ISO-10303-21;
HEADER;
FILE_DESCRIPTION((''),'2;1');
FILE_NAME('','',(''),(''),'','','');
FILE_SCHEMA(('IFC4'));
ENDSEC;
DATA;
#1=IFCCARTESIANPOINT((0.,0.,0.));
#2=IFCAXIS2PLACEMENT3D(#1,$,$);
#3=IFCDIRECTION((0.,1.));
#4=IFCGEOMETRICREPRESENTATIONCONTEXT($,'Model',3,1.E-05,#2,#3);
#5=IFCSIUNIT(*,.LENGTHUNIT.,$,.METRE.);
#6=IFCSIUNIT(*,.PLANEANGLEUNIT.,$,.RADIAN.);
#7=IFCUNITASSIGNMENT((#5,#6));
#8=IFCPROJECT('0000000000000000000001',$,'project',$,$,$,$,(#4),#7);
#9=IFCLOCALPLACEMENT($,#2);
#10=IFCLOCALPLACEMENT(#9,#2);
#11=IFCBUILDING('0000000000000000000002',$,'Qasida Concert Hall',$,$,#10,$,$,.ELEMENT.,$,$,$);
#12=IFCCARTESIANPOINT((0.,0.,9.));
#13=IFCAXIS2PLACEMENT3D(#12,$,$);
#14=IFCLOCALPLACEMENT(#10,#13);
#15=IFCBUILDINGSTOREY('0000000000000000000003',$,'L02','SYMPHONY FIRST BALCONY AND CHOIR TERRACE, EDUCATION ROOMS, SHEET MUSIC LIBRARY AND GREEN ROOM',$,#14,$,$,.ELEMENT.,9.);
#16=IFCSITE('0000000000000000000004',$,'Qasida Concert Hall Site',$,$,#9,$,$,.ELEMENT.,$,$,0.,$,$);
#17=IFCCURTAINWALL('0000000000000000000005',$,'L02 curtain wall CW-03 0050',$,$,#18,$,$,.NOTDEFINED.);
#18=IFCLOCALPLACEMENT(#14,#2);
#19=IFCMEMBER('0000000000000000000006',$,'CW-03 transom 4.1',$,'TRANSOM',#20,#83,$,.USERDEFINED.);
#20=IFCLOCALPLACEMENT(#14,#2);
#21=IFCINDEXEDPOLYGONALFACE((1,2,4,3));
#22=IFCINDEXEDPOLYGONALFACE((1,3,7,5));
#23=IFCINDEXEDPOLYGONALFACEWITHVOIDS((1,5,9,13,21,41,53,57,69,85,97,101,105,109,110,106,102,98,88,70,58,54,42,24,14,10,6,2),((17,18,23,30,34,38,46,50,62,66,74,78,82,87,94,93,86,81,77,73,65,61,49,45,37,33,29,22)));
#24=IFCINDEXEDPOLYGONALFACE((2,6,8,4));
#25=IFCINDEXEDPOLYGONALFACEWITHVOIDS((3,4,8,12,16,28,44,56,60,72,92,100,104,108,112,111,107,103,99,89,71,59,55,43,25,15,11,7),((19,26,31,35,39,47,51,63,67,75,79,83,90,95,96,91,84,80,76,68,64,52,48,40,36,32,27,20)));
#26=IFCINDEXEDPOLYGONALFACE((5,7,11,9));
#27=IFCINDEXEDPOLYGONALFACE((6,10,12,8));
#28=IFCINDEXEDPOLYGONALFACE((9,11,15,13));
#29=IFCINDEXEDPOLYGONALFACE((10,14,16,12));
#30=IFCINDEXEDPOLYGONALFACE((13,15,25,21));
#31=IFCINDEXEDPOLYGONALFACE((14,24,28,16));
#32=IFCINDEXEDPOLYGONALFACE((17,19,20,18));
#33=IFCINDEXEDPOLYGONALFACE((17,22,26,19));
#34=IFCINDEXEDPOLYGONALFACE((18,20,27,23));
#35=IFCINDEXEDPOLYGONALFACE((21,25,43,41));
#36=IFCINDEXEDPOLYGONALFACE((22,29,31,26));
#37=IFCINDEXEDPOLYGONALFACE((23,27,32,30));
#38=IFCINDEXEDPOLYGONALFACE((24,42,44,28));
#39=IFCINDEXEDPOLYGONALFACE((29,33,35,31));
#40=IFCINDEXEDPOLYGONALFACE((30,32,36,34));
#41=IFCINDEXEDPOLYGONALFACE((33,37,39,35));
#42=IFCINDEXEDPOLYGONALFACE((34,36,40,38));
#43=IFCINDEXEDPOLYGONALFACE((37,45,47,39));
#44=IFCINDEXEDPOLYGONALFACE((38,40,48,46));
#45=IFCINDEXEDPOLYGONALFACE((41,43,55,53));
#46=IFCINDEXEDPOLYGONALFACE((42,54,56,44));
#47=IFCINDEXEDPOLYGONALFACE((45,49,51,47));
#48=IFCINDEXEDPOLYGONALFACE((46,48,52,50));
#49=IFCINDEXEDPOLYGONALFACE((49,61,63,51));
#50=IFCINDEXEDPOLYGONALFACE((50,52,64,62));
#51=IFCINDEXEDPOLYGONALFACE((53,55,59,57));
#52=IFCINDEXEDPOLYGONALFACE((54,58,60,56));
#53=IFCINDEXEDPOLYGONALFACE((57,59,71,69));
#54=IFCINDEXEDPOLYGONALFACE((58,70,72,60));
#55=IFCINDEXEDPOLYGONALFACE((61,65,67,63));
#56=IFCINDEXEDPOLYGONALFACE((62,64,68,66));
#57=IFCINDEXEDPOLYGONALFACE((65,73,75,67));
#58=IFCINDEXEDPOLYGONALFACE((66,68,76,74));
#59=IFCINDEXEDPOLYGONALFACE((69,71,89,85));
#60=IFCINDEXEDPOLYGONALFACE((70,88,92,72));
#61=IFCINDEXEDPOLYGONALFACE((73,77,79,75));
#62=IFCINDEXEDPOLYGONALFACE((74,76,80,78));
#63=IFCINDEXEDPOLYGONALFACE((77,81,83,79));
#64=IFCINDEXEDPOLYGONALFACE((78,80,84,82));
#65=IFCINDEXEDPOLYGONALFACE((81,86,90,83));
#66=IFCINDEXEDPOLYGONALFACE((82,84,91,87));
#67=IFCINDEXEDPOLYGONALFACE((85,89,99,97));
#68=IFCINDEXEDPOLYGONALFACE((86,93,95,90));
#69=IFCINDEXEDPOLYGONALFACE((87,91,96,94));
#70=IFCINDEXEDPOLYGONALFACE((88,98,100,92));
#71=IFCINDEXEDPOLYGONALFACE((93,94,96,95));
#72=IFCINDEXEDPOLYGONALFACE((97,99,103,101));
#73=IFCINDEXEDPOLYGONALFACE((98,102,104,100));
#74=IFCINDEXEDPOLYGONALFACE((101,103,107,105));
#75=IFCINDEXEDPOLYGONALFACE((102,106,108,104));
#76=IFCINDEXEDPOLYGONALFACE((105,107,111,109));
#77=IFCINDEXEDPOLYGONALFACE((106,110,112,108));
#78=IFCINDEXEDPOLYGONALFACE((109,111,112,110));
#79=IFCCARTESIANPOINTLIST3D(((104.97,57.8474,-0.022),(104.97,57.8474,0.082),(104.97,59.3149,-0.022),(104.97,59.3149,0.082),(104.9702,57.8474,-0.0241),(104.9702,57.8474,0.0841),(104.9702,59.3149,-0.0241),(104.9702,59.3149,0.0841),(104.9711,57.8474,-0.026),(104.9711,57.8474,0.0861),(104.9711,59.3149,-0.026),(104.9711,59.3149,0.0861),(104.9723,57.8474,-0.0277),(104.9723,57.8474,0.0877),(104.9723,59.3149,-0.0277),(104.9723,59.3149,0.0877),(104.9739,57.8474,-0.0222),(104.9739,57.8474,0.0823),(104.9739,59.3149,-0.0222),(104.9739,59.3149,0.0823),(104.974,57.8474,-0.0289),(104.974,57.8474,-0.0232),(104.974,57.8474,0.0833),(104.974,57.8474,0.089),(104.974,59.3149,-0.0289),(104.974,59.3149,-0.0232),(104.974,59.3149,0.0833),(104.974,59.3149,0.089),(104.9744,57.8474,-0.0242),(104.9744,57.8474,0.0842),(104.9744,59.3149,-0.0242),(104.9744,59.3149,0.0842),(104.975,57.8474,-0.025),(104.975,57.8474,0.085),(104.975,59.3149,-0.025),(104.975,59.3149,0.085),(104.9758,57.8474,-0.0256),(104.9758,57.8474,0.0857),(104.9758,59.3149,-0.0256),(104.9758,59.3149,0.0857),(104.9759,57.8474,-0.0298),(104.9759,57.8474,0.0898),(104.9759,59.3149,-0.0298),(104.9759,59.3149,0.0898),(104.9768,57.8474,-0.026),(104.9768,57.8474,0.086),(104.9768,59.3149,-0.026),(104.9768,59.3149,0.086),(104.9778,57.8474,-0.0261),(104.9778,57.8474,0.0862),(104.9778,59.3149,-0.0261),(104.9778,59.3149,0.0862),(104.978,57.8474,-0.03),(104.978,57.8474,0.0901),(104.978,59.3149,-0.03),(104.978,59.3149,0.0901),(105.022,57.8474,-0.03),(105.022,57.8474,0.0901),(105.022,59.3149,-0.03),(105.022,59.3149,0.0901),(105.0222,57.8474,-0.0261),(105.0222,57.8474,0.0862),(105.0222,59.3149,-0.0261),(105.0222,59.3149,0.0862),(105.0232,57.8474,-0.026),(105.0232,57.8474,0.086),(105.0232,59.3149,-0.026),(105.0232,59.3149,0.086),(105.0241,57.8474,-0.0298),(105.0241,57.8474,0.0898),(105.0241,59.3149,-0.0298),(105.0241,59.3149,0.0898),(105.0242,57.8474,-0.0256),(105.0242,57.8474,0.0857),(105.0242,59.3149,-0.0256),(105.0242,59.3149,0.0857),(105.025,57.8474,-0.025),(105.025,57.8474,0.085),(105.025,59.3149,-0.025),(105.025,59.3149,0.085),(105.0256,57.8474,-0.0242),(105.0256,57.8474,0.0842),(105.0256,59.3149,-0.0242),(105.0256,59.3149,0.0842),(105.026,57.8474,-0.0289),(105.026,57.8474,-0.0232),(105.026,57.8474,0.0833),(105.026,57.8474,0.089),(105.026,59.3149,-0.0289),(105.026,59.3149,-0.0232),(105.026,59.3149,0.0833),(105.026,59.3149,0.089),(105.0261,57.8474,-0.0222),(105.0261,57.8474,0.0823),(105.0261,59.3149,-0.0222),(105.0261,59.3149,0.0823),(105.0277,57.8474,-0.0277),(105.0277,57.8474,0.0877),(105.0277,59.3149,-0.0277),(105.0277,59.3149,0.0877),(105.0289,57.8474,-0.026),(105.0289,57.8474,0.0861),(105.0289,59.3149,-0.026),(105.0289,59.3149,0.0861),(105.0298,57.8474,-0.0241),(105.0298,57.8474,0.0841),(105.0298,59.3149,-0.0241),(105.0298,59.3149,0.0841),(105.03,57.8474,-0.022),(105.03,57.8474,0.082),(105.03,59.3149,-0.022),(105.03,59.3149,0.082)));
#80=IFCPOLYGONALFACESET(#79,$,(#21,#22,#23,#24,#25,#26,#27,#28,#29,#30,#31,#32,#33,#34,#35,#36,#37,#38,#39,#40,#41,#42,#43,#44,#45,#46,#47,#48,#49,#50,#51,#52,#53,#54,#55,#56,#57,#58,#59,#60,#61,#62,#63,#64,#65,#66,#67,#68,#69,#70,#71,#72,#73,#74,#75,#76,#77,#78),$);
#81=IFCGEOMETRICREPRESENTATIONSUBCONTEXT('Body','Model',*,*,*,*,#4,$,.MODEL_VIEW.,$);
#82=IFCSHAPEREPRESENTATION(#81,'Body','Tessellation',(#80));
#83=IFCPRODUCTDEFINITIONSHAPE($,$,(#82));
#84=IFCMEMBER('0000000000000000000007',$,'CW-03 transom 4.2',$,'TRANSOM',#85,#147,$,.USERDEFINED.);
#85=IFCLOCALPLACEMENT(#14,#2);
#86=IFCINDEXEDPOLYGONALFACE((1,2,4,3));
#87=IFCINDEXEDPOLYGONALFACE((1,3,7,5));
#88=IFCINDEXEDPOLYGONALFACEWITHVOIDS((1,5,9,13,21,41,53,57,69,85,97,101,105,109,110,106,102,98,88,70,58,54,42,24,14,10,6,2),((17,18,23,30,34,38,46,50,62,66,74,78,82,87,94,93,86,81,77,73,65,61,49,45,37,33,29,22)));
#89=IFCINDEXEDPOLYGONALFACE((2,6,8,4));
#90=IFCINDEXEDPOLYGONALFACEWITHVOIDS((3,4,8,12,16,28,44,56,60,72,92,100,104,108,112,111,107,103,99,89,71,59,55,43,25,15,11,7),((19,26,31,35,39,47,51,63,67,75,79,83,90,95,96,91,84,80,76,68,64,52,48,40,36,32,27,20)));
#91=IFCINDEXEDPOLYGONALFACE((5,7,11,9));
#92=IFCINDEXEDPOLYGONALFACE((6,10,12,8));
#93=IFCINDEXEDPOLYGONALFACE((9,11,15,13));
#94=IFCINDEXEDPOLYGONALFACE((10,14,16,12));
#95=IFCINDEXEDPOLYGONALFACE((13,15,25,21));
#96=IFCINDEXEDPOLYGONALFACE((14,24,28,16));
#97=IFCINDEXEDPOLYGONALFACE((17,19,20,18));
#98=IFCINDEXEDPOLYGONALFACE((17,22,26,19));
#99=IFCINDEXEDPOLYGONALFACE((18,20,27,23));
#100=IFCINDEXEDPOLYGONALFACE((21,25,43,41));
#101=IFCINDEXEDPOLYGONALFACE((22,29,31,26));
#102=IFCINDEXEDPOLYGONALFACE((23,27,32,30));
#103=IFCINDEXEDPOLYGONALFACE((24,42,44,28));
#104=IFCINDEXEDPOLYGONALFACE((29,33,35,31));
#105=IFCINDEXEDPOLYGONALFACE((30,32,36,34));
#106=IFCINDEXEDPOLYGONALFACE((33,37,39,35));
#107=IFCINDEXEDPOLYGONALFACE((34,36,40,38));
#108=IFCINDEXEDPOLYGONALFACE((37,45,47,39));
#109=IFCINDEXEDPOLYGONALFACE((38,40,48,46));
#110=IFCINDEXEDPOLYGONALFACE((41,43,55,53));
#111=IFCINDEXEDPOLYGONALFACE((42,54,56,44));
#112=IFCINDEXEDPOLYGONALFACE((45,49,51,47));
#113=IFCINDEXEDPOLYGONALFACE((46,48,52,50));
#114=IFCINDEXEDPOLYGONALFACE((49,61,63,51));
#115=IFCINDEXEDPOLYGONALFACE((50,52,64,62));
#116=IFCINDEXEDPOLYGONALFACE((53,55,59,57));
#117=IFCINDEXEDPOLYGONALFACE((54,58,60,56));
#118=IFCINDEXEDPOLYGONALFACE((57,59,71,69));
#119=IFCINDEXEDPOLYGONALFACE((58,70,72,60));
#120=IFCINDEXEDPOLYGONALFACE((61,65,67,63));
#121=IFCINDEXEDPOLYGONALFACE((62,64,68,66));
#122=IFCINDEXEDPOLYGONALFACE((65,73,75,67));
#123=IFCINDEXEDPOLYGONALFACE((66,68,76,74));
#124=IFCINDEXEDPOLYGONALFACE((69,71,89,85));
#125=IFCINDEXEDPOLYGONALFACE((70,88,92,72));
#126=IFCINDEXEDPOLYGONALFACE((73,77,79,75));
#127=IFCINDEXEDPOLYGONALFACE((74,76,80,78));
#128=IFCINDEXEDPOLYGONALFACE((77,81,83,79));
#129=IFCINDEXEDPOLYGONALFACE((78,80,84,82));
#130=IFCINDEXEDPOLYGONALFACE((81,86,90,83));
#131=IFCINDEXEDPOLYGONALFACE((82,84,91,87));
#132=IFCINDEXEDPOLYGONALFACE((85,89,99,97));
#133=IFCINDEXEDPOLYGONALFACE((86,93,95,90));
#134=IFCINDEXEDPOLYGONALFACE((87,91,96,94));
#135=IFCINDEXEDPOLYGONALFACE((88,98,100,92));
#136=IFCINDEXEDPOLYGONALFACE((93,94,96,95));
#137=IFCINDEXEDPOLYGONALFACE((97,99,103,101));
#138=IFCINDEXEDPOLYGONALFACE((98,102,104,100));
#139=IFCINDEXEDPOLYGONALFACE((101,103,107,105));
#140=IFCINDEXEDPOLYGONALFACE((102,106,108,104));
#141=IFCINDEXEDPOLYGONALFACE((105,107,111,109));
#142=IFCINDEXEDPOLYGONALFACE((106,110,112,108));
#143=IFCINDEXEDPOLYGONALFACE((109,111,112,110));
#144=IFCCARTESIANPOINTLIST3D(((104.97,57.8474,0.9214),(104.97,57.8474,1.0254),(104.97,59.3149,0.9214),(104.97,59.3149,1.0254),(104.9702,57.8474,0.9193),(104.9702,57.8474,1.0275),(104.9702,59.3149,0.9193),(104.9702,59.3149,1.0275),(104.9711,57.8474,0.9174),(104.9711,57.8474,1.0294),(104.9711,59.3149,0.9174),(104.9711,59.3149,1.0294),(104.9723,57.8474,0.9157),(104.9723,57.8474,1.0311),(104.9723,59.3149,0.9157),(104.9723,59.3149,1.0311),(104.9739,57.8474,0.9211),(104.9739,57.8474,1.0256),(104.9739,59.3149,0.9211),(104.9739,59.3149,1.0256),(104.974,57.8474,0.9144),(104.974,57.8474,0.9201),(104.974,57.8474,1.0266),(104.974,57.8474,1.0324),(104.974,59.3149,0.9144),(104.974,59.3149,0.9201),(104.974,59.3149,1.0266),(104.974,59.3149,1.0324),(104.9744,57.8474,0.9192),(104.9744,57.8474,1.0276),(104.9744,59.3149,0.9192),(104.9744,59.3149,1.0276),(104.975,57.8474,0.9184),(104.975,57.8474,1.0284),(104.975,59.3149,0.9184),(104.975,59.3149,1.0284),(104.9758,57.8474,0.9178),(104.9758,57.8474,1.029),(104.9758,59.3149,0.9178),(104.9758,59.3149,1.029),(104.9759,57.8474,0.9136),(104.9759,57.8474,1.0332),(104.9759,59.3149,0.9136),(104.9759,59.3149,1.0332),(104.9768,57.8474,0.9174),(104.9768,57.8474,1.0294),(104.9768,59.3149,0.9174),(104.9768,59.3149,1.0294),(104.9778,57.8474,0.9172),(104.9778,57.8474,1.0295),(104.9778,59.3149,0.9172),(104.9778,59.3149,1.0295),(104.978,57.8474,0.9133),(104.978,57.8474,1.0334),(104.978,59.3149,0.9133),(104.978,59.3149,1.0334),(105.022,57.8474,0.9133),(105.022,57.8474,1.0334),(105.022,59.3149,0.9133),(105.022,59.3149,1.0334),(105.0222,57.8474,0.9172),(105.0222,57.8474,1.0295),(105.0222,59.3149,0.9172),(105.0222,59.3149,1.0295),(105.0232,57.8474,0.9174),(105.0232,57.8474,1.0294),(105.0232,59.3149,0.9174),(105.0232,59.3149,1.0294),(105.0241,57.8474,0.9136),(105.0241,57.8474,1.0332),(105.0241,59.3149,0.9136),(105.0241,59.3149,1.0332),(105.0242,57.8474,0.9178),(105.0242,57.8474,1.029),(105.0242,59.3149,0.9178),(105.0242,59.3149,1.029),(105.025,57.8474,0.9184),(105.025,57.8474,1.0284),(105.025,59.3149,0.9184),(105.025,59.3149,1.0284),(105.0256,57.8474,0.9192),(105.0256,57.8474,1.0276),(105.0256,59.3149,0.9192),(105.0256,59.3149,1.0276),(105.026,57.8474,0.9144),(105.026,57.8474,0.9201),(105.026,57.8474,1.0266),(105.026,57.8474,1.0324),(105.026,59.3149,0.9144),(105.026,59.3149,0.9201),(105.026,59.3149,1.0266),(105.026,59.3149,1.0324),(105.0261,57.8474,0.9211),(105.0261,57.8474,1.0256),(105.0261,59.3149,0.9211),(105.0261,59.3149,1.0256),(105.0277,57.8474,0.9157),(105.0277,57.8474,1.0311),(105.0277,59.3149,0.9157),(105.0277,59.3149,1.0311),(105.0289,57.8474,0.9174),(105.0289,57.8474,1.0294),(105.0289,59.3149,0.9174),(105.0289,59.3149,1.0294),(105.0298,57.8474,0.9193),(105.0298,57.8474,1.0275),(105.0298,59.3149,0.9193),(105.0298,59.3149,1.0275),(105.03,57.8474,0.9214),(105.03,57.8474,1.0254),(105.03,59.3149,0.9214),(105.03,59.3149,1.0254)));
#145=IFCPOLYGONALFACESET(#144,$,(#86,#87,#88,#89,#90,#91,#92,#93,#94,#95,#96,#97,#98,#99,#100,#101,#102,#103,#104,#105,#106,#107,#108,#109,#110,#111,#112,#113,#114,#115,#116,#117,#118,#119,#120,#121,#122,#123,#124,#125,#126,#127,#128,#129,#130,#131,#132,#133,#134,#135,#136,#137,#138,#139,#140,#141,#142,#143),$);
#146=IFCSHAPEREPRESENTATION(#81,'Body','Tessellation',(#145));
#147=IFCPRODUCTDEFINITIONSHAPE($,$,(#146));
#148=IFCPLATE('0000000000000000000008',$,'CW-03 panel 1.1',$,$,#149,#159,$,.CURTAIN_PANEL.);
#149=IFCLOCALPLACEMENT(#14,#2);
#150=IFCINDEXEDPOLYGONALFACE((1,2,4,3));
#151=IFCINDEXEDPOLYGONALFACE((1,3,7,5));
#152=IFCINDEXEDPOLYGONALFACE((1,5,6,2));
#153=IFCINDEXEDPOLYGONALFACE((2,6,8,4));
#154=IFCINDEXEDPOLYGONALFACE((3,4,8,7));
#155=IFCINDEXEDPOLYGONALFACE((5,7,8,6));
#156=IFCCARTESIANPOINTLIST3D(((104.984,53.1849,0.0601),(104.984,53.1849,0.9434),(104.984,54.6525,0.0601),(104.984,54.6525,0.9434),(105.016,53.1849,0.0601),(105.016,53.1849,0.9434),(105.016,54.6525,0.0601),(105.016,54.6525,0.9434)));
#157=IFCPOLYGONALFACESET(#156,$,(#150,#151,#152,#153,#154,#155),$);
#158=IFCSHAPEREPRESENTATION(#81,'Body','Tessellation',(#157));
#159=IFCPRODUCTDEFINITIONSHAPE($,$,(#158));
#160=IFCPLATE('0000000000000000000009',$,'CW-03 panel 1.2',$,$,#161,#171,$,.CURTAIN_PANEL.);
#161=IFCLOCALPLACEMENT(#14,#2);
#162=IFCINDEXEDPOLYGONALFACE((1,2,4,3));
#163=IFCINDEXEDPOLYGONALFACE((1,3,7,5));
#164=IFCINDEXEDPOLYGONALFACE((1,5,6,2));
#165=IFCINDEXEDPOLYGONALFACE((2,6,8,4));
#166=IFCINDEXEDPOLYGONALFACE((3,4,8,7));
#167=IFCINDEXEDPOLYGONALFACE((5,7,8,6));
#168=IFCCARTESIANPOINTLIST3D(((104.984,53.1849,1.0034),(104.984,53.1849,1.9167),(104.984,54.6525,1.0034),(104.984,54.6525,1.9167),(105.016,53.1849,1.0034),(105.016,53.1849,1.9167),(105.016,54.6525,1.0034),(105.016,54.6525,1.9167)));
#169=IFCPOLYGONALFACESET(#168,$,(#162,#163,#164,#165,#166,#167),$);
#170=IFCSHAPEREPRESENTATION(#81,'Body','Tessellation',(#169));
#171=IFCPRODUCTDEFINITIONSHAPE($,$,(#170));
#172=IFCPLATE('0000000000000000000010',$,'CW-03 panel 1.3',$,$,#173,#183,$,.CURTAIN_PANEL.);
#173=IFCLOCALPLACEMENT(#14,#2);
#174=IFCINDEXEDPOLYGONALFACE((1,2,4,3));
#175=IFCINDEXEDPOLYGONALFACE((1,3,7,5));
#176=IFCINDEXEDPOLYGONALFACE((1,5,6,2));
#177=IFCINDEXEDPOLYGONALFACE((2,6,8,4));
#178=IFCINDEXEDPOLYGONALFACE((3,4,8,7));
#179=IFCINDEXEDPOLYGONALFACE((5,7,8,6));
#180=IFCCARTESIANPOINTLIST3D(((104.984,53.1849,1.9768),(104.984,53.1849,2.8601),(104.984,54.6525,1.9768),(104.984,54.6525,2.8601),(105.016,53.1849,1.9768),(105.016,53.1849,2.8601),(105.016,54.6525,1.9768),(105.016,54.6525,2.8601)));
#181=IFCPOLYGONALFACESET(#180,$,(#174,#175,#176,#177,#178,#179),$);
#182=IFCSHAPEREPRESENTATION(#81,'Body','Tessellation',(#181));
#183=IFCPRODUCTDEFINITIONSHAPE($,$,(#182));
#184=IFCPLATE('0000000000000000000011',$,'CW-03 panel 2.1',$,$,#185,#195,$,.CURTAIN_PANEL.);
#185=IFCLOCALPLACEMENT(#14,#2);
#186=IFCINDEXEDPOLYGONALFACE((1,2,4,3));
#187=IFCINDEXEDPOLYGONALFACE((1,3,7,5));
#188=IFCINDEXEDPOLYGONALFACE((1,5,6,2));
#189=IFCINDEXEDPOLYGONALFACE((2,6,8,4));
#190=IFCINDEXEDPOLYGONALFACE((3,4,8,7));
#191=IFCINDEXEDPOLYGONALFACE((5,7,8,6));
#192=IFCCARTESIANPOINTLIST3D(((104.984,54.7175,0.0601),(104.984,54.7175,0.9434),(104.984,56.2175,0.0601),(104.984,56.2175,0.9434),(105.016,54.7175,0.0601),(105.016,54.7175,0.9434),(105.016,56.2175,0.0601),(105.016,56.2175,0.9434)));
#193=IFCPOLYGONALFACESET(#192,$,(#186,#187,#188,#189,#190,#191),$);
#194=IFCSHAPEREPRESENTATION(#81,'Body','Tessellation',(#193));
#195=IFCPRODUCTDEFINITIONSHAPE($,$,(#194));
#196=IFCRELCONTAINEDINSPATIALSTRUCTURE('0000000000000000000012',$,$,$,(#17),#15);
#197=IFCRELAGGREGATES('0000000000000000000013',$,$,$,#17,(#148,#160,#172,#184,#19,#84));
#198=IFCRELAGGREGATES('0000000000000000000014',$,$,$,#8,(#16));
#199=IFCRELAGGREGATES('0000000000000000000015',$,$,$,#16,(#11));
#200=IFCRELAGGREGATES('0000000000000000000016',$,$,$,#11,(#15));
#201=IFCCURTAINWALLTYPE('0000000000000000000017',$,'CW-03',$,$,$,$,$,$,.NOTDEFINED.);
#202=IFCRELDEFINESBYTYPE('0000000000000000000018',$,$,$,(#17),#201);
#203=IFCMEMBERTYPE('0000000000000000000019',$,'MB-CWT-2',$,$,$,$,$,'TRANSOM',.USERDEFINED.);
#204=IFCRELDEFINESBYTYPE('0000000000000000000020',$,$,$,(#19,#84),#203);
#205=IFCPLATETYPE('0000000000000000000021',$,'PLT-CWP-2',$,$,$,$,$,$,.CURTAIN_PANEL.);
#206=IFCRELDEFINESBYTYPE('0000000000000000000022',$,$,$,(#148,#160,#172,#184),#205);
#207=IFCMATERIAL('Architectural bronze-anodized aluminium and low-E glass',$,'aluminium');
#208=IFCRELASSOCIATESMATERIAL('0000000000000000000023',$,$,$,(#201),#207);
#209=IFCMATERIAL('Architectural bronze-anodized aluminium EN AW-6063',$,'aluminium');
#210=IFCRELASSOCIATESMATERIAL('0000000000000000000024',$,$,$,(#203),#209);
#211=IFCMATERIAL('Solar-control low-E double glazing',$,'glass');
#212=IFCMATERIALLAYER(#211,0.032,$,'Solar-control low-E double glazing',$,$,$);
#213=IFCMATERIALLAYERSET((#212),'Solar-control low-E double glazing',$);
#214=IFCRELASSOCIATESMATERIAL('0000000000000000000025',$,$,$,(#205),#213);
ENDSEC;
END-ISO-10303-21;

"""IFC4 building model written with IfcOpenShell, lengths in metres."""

from ifc_helpers import new_model, si_unit, direction, frame, origin, origin_2d, place, context, subcontext, project, spatial, rectangle, hollow_rectangle, extrude, material, layer, layer_set, material_profile, profile_set, type_object, element, aggregate, save


model = new_model("IFC4")

# Units and contexts
model_context = context("Model", 3, precision=1e-05, world=origin(), true_north=direction((0.0, 1.0)))
body_context = subcontext(model_context, "Body", "Model", "MODEL_VIEW")
ifc_project = project(units=[si_unit("LENGTHUNIT", "METRE"), si_unit("PLANEANGLEUNIT", "RADIAN")], contexts=[model_context])

# Site, building, storey
site_placement = place(None, origin())
site = spatial("IfcSite", under=ifc_project, at=site_placement, Name="Qasida Concert Hall Site", CompositionType="ELEMENT", RefElevation=0.0)
building_placement = place(site_placement, origin())
building = spatial("IfcBuilding", under=site, at=building_placement, Name="Qasida Concert Hall", CompositionType="ELEMENT")
storey_placement = place(building_placement, frame((0.0, 0.0, 9.0)))
storey = spatial("IfcBuildingStorey", under=building, at=storey_placement, Name="L02", Description="SYMPHONY FIRST BALCONY AND CHOIR TERRACE, EDUCATION ROOMS, SHEET MUSIC LIBRARY AND GREEN ROOM", CompositionType="ELEMENT", Elevation=9.0)

# Curtain wall, members, plates
ifc_material_1 = material(Name="Architectural bronze-anodized aluminium and low-E glass", Category="aluminium")
curtain_wall_type = type_object("IfcCurtainWallType", Name="CW-03", PredefinedType="NOTDEFINED", material=ifc_material_1)
curtain_wall_placement = place(storey_placement, origin())
curtain_wall = element("IfcCurtainWall", 1, at=curtain_wall_placement, inside=storey, type_object=curtain_wall_type, Name="L02 curtain wall CW-03 0050", PredefinedType="NOTDEFINED")
ifc_material_2 = material(Name="Architectural bronze-anodized aluminium EN AW-6063", Category="aluminium")
ifc_material_profile_1 = material_profile(ifc_material_2, hollow_rectangle(XDim=0.0601, YDim=0.1201, WallThickness=0.0039, InnerFilletRadius=0.0039, OuterFilletRadius=0.0081, at=origin_2d()), Name="CWT 120x60x4")
ifc_profile_set_1 = profile_set([ifc_material_profile_1], Name="Architectural bronze-anodized aluminium EN AW-6063")
member_type_1 = type_object("IfcMemberType", Name="MB-CWT-2", ElementType="TRANSOM", PredefinedType="USERDEFINED", material=ifc_profile_set_1)
member_1_placement = place(storey_placement, frame((105.0, 57.8474, 0.03), z_axis=(0.0, 1.0, 0.0), x_axis=(-1.0, 0.0, 0.0)))
member_1 = element("IfcMember", 2, at=member_1_placement, type_object=member_type_1, Name="CW-03 transom 4.1", ObjectType="TRANSOM", PredefinedType="USERDEFINED", context=body_context, shape_type="SweptSolid", body=[
    extrude(hollow_rectangle(XDim=0.0601, YDim=0.1201, WallThickness=0.0039, InnerFilletRadius=0.0039, OuterFilletRadius=0.0081, at=origin_2d()), origin(), (0.0, 0.0, 1.0), 1.4675),
])
member_2_placement = place(storey_placement, frame((105.0, 57.8474, 0.9734), z_axis=(0.0, 1.0, 0.0), x_axis=(-1.0, 0.0, 0.0)))
member_2 = element("IfcMember", 3, at=member_2_placement, type_object=member_type_1, Name="CW-03 transom 4.2", ObjectType="TRANSOM", PredefinedType="USERDEFINED", context=body_context, shape_type="SweptSolid", body=[
    extrude(hollow_rectangle(XDim=0.0601, YDim=0.1201, WallThickness=0.0039, InnerFilletRadius=0.0039, OuterFilletRadius=0.0081, at=origin_2d()), origin(), (0.0, 0.0, 1.0), 1.4675),
])
ifc_material_3 = material(Name="Solar-control low-E double glazing", Category="glass")
ifc_layer_1 = layer(ifc_material_3, 0.032, Name="Solar-control low-E double glazing")
ifc_layer_set_1 = layer_set([ifc_layer_1], Name="Solar-control low-E double glazing")
plate_type = type_object("IfcPlateType", Name="PLT-CWP-2", PredefinedType="CURTAIN_PANEL", material=ifc_layer_set_1)
plate_1_placement = place(storey_placement, frame((105.0, 53.9187, 0.0601), z_axis=(0.0, 0.0, 1.0), x_axis=(0.0, 1.0, 0.0)))
plate_1 = element("IfcPlate", 4, at=plate_1_placement, type_object=plate_type, Name="CW-03 panel 1.1", PredefinedType="CURTAIN_PANEL", context=body_context, shape_type="SweptSolid", body=[
    extrude(rectangle(XDim=1.4675, YDim=0.032, at=origin_2d()), origin(), (0.0, 0.0, 1.0), 0.8833),
])
plate_2_placement = place(storey_placement, frame((105.0, 53.9187, 1.0034), z_axis=(0.0, 0.0, 1.0), x_axis=(0.0, 1.0, 0.0)))
plate_2 = element("IfcPlate", 5, at=plate_2_placement, type_object=plate_type, Name="CW-03 panel 1.2", PredefinedType="CURTAIN_PANEL", context=body_context, shape_type="SweptSolid", body=[
    extrude(rectangle(XDim=1.4675, YDim=0.032, at=origin_2d()), origin(), (0.0, 0.0, 1.0), 0.9133),
])
plate_3_placement = place(storey_placement, frame((105.0, 53.9187, 1.9768), z_axis=(0.0, 0.0, 1.0), x_axis=(0.0, 1.0, 0.0)))
plate_3 = element("IfcPlate", 6, at=plate_3_placement, type_object=plate_type, Name="CW-03 panel 1.3", PredefinedType="CURTAIN_PANEL", context=body_context, shape_type="SweptSolid", body=[
    extrude(rectangle(XDim=1.4675, YDim=0.032, at=origin_2d()), origin(), (0.0, 0.0, 1.0), 0.8833),
])
plate_4_placement = place(storey_placement, frame((105.0, 55.4675, 0.0601), z_axis=(0.0, 0.0, 1.0), x_axis=(0.0, 1.0, 0.0)))
plate_4 = element("IfcPlate", 7, at=plate_4_placement, type_object=plate_type, Name="CW-03 panel 2.1", PredefinedType="CURTAIN_PANEL", context=body_context, shape_type="SweptSolid", body=[
    extrude(rectangle(XDim=1.5, YDim=0.032, at=origin_2d()), origin(), (0.0, 0.0, 1.0), 0.8833),
])
aggregate(curtain_wall, [plate_1, plate_2, plate_3, plate_4, member_1, member_2])

save(model, "model.ifc")
